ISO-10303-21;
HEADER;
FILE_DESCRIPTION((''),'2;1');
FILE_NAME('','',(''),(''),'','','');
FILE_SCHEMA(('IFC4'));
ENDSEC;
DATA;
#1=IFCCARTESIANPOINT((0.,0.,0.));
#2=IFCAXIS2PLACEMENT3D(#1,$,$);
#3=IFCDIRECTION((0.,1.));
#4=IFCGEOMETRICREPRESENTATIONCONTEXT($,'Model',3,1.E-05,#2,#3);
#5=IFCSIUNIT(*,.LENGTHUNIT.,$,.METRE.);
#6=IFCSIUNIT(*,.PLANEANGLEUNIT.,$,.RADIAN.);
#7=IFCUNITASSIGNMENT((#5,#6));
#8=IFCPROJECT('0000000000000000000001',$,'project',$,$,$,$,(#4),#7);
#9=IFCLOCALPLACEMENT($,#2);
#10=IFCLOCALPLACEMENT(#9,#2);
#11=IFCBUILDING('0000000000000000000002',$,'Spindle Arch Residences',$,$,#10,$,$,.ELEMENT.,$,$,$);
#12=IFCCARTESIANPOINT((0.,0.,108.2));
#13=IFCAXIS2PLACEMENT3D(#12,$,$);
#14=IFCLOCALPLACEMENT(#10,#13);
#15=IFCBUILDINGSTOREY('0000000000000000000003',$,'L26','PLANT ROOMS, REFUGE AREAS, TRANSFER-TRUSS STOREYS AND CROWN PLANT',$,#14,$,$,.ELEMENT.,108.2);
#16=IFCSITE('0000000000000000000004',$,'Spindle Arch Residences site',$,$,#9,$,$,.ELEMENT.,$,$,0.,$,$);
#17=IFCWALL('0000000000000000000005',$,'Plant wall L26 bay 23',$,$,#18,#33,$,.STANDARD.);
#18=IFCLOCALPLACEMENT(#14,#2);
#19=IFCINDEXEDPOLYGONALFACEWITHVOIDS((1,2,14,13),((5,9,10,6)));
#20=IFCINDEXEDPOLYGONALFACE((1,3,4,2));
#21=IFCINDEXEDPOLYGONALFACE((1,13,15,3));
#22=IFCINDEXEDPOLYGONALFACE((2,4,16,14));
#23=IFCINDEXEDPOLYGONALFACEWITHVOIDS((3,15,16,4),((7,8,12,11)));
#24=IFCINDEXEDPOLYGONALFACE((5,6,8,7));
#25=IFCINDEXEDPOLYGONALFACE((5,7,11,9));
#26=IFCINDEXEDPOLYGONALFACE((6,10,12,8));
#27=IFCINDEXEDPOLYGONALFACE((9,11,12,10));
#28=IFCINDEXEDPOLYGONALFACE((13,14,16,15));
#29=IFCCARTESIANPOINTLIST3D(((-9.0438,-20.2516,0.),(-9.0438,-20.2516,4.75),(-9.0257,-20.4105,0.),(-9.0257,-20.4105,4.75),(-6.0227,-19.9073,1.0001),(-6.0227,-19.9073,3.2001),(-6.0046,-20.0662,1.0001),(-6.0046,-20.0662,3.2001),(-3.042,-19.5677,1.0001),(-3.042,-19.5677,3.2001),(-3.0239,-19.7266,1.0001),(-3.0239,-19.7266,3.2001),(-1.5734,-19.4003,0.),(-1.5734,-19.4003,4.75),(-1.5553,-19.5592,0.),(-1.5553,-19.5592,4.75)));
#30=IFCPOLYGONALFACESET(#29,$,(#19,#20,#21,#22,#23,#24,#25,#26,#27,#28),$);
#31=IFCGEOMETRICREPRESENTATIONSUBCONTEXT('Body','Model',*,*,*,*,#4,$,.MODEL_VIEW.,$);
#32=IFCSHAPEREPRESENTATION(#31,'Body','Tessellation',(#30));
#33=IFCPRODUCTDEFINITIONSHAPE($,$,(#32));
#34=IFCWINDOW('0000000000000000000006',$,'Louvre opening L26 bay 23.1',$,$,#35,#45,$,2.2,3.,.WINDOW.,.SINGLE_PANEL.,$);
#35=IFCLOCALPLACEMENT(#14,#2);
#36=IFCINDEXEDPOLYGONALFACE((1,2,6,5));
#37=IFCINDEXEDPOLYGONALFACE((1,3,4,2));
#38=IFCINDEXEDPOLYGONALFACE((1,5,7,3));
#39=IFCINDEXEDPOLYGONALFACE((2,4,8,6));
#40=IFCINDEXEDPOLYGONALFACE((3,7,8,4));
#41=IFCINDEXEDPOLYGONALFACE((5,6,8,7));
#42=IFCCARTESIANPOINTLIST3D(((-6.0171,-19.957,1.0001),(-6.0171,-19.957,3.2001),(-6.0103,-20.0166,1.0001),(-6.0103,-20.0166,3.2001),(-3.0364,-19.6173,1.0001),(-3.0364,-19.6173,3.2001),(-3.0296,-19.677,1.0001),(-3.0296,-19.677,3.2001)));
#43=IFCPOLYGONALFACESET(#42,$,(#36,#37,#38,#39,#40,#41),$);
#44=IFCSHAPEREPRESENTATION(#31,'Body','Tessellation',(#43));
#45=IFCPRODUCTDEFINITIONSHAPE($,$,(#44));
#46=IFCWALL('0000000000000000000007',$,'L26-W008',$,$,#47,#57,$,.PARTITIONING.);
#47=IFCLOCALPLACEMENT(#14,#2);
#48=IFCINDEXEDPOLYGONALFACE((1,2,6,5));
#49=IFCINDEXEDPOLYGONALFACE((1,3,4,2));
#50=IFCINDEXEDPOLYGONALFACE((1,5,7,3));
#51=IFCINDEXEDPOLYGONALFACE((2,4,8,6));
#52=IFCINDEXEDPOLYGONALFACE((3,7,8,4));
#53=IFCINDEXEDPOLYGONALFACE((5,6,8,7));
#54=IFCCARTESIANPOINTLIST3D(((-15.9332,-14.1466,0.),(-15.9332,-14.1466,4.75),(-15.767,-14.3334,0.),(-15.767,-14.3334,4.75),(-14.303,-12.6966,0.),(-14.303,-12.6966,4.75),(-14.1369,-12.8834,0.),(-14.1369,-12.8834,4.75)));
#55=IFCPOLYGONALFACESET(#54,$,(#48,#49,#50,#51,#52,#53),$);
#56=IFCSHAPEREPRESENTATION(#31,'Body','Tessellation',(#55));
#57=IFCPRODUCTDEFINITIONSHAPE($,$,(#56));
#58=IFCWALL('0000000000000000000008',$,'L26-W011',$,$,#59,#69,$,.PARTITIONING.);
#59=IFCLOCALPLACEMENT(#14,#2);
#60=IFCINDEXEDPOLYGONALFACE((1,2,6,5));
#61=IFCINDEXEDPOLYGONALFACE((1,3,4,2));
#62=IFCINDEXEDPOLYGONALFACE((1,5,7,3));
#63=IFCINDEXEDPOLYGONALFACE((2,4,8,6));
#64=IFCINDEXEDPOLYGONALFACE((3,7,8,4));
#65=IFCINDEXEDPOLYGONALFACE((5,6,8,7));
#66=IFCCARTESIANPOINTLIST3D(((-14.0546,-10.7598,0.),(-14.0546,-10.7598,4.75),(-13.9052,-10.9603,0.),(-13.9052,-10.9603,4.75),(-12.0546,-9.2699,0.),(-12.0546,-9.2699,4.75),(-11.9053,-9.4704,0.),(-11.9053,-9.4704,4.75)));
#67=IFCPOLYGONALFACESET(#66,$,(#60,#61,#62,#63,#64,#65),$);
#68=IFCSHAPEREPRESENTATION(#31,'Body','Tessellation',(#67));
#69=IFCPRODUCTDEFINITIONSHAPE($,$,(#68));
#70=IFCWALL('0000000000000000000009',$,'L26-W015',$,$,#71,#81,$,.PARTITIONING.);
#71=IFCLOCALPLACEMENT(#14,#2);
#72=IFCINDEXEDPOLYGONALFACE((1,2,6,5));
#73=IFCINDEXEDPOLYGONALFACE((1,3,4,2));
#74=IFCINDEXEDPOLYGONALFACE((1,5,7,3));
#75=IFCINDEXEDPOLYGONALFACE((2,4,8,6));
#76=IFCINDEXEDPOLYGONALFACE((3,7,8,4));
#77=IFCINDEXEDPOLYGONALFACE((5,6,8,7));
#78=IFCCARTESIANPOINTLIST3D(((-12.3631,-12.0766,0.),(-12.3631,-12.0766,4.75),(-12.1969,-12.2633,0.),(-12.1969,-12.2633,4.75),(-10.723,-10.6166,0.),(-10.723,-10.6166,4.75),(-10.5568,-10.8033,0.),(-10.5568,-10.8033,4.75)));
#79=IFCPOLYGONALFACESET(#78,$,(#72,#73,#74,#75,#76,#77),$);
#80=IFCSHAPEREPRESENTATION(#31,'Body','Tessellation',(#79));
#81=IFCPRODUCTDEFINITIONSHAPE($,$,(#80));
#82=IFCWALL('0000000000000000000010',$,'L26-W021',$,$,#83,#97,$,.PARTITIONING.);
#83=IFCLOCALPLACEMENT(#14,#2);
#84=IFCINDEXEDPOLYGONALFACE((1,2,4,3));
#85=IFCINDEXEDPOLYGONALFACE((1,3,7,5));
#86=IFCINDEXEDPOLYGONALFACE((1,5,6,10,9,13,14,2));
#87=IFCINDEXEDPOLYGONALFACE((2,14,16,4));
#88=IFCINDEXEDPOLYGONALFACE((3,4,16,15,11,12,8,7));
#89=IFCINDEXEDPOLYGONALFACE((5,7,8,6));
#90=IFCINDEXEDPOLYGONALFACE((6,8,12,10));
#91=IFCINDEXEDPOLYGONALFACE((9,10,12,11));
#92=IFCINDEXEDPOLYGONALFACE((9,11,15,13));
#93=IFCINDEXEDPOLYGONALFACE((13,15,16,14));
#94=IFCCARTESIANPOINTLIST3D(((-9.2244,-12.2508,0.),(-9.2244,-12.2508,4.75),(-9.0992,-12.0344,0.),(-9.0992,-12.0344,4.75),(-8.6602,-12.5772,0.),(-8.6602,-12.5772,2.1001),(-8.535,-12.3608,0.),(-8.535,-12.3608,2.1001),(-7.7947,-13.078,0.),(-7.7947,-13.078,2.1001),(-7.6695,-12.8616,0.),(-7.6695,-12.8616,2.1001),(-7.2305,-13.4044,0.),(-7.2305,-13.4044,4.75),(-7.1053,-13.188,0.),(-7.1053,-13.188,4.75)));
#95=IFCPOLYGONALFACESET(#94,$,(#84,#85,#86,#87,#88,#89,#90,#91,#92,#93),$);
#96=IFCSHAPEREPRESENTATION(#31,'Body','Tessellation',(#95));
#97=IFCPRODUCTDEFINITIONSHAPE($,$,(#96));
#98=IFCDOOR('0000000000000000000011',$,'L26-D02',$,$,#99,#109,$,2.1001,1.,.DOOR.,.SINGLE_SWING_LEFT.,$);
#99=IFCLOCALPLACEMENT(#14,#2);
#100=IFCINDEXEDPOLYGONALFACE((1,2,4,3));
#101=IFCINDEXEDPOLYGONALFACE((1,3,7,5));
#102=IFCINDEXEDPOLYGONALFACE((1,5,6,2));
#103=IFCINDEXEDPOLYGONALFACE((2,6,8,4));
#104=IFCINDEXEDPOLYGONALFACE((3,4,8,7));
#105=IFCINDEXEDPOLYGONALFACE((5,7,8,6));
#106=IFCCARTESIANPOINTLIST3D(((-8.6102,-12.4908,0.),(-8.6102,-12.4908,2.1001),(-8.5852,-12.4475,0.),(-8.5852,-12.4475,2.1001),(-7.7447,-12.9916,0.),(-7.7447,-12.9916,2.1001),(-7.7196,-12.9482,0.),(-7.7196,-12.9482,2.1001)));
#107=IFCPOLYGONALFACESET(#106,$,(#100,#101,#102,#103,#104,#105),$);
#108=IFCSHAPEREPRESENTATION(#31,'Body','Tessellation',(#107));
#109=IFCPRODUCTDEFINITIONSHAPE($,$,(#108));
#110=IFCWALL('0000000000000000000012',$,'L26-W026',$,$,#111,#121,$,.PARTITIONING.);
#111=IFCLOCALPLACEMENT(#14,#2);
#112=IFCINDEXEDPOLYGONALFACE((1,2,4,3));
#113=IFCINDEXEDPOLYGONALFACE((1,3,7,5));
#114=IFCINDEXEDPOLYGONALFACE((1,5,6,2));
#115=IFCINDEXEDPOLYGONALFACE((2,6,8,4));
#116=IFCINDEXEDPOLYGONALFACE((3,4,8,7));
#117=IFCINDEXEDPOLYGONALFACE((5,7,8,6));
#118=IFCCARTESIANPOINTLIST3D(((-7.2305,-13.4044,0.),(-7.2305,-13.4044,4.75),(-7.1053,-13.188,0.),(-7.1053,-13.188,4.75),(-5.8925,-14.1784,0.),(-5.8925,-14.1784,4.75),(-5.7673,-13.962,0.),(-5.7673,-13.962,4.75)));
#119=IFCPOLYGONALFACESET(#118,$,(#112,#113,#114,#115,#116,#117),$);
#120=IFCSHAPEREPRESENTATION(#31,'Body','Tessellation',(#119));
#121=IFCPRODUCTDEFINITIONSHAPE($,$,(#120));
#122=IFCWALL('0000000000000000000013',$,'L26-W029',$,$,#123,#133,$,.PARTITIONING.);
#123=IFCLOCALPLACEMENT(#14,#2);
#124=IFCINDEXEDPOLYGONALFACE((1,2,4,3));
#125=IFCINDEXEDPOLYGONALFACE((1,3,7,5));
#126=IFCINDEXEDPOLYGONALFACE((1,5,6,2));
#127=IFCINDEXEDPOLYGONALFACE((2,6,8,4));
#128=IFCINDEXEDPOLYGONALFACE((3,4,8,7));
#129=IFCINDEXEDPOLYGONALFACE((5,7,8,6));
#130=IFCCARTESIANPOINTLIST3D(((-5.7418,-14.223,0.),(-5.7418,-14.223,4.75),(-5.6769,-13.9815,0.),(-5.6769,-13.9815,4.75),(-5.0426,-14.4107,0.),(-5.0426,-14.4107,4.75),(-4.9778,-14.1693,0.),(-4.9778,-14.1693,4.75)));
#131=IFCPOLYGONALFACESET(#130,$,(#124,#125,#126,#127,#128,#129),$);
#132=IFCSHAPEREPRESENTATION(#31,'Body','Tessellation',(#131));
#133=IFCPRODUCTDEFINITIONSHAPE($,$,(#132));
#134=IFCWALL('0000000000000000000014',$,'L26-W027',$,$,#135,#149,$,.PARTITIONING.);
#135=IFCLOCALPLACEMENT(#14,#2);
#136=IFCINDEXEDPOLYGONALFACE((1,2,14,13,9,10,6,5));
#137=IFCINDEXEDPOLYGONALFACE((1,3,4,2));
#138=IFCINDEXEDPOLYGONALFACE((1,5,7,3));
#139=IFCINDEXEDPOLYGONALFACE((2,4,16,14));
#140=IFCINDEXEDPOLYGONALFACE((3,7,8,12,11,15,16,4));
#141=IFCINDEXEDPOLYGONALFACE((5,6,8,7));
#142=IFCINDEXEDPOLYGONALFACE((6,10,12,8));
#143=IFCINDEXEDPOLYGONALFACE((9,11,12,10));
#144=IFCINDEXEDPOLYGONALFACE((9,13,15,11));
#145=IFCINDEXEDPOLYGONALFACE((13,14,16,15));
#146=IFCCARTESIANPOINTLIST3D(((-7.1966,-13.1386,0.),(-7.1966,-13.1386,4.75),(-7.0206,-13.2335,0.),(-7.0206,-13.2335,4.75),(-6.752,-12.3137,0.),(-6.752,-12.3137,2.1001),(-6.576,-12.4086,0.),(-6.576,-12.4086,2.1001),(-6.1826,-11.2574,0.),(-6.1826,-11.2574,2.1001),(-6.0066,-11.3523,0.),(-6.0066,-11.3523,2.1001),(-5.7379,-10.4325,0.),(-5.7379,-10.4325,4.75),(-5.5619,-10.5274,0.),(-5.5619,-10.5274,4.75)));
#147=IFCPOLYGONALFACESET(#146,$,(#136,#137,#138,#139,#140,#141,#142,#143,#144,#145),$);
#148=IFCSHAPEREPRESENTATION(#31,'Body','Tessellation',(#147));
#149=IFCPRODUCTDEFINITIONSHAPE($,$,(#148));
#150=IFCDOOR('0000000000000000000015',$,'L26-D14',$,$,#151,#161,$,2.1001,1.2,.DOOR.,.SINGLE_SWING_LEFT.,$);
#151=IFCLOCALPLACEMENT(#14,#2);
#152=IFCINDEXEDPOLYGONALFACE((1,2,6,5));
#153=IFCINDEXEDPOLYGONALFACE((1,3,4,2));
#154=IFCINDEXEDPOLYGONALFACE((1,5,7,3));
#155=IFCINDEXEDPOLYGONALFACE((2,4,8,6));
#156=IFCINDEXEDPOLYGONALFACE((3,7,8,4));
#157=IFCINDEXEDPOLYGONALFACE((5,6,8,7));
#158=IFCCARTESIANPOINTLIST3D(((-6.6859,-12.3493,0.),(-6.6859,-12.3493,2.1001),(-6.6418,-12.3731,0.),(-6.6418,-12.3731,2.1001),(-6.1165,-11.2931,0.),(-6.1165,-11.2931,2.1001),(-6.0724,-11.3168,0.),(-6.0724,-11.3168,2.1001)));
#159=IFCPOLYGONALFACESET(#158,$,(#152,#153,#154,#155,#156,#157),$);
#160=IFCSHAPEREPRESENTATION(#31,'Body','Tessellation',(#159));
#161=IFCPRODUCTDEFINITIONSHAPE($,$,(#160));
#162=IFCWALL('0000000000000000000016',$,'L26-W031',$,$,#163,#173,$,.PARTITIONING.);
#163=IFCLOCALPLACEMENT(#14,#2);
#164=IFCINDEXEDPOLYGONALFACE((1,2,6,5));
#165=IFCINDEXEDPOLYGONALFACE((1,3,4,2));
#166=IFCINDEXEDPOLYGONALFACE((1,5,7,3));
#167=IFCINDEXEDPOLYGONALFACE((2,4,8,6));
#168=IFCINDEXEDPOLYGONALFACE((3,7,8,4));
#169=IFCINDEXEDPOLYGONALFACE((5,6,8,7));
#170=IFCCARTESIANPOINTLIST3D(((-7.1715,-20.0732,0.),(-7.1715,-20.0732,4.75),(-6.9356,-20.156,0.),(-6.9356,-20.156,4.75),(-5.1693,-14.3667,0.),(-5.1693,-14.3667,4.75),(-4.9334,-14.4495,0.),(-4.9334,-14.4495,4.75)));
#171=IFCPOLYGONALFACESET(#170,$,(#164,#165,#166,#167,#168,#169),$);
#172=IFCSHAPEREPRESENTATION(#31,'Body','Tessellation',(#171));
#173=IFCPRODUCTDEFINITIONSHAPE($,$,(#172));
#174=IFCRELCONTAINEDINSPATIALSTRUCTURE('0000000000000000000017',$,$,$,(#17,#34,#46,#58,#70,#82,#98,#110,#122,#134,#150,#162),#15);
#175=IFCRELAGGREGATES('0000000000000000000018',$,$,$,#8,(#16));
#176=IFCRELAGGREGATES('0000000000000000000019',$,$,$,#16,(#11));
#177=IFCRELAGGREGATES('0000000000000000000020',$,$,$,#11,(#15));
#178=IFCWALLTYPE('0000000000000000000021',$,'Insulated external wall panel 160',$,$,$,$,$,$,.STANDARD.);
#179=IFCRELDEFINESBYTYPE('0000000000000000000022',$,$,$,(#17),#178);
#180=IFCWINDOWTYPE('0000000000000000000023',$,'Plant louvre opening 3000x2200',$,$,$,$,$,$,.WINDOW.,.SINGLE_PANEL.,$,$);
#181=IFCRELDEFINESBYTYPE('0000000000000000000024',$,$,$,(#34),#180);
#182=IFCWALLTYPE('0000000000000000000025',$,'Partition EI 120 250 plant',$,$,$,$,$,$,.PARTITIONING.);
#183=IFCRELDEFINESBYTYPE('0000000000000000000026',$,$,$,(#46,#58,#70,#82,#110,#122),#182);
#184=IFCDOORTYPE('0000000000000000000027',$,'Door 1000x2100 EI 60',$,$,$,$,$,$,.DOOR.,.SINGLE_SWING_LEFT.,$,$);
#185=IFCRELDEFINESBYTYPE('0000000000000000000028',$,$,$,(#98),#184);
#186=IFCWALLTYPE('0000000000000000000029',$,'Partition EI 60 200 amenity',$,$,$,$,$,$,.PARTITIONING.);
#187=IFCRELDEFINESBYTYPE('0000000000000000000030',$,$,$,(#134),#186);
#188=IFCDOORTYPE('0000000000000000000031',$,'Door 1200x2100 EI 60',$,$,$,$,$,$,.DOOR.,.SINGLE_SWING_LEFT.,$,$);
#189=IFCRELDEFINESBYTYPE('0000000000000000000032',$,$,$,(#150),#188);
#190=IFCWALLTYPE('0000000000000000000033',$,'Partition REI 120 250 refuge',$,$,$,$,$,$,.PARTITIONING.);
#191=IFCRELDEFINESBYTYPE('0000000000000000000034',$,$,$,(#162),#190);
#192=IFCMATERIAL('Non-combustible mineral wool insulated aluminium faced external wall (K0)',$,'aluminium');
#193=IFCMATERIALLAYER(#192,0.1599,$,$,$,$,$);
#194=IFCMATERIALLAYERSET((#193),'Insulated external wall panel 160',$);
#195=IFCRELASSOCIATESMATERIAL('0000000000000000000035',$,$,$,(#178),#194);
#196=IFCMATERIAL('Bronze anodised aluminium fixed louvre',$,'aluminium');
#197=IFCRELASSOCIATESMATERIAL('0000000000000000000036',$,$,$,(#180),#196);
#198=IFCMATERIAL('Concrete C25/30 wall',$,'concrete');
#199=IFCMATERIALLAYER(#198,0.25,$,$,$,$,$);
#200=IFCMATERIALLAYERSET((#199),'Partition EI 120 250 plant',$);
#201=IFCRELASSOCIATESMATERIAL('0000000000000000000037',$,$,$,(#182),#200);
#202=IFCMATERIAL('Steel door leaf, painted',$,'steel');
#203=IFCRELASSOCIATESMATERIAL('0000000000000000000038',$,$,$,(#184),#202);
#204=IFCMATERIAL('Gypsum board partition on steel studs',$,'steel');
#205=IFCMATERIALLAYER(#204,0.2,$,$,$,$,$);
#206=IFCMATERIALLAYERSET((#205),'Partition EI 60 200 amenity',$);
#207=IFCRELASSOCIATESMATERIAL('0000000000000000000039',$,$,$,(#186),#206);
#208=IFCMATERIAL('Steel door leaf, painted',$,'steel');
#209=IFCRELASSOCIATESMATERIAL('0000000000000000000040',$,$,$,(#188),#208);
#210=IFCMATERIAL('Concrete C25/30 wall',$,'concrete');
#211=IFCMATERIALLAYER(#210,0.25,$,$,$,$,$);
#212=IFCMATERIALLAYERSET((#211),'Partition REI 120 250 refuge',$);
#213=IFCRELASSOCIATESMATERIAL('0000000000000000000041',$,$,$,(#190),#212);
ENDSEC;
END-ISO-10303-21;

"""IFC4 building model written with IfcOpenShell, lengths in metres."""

from ifc_helpers import new_model, si_unit, direction, frame, frame_2d, origin, place, context, subcontext, project, spatial, rectangle, extrude, material, layer, layer_set, type_object, element, fill, save


model = new_model("IFC4")

# Units and contexts
model_context = context("Model", 3, precision=1e-05, world=origin(), true_north=direction((0.0, 1.0)))
body_context = subcontext(model_context, "Body", "Model", "MODEL_VIEW")
ifc_project = project(units=[si_unit("LENGTHUNIT", "METRE"), si_unit("PLANEANGLEUNIT", "RADIAN")], contexts=[model_context])

# Site, building, storey
site_placement = place(None, origin())
site = spatial("IfcSite", under=ifc_project, at=site_placement, Name="Spindle Arch Residences site", CompositionType="ELEMENT", RefElevation=0.0)
building_placement = place(site_placement, origin())
building = spatial("IfcBuilding", under=site, at=building_placement, Name="Spindle Arch Residences", CompositionType="ELEMENT")
storey_placement = place(building_placement, frame((0.0, 0.0, 108.2)))
storey = spatial("IfcBuildingStorey", under=building, at=storey_placement, Name="L26", Description="PLANT ROOMS, REFUGE AREAS, TRANSFER-TRUSS STOREYS AND CROWN PLANT", CompositionType="ELEMENT", Elevation=108.2)

# Wall, opening, window
ifc_material_1 = material(Name="Non-combustible mineral wool insulated aluminium faced external wall (K0)", Category="aluminium")
ifc_layer_1 = layer(ifc_material_1, 0.1599)
ifc_layer_set_1 = layer_set([ifc_layer_1], Name="Insulated external wall panel 160")
wall_type_1 = type_object("IfcWallType", Name="Insulated external wall panel 160", PredefinedType="STANDARD", material=ifc_layer_set_1)
wall_1_placement = place(storey_placement, frame((-9.0347, -20.3311, 0.0), z_axis=(0.0, 0.0, 1.0), x_axis=(0.993569, 0.113225, 0.0)))
wall_1 = element("IfcWall", 1, at=wall_1_placement, inside=storey, type_object=wall_type_1, Name="Plant wall L26 bay 23", PredefinedType="STANDARD", context=body_context, shape_type="SweptSolid", body=[
    extrude(rectangle(XDim=7.5188, YDim=0.1599, at=frame_2d((3.7593, 0.0))), origin(), (0.0, 0.0, 1.0), 4.75),
])
opening_1_placement = place(wall_1_placement, frame((3.0405, 0.0, 1.0)))
opening_1 = element("IfcOpeningElement", 2, at=opening_1_placement, cuts=wall_1, PredefinedType="OPENING", context=body_context, shape_type="SweptSolid", body=[
    extrude(rectangle(XDim=3.0, YDim=2.2, at=frame_2d((1.5, 1.1001))), frame((0.0, 0.0898, 0.0), z_axis=(0.0, -1.0, 0.0), x_axis=(1.0, 0.0, 0.0)), (0.0, 0.0, 1.0), 0.1799),
])
ifc_material_2 = material(Name="Bronze anodised aluminium fixed louvre", Category="aluminium")
window_type = type_object("IfcWindowType", Name="Plant louvre opening 3000x2200", PartitioningType="SINGLE_PANEL", PredefinedType="WINDOW", material=ifc_material_2)
window_placement = place(opening_1_placement, origin())
window = element("IfcWindow", 3, at=window_placement, inside=storey, type_object=window_type, Name="Louvre opening L26 bay 23.1", OverallHeight=2.2, OverallWidth=3.0, PartitioningType="SINGLE_PANEL", PredefinedType="WINDOW", context=body_context, shape_type="SweptSolid", body=[
    extrude(rectangle(XDim=3.0, YDim=2.2, at=frame_2d((1.5, 1.1001))), frame((0.0, 0.03, 0.0), z_axis=(0.0, -1.0, 0.0), x_axis=(1.0, 0.0, 0.0)), (0.0, 0.0, 1.0), 0.0601),
])
fill(opening_1, window)

# Walls
ifc_material_3 = material(Name="Concrete C25/30 wall", Category="concrete")
ifc_layer_2 = layer(ifc_material_3, 0.25)
ifc_layer_set_2 = layer_set([ifc_layer_2], Name="Partition EI 120 250 plant")
wall_type_2 = type_object("IfcWallType", Name="Partition EI 120 250 plant", PredefinedType="PARTITIONING", material=ifc_layer_set_2)
wall_2_placement = place(storey_placement, frame((-14.22, -12.79, 0.0), z_axis=(0.0, 0.0, 1.0), x_axis=(-0.747193, -0.664607, 0.0)))
element("IfcWall", 4, at=wall_2_placement, inside=storey, type_object=wall_type_2, Name="L26-W008", PredefinedType="PARTITIONING", context=body_context, shape_type="SweptSolid", body=[
    extrude(rectangle(XDim=2.1816, YDim=0.25, at=frame_2d((1.0908, 0.0))), origin(), (0.0, 0.0, 1.0), 4.75),
])
wall_3_placement = place(storey_placement, frame((-13.98, -10.8601, 0.0), z_axis=(0.0, 0.0, 1.0), x_axis=(0.801922, 0.597428, 0.0)))
element("IfcWall", 5, at=wall_3_placement, inside=storey, type_object=wall_type_2, Name="L26-W011", PredefinedType="PARTITIONING", context=body_context, shape_type="SweptSolid", body=[
    extrude(rectangle(XDim=2.4939, YDim=0.25, at=frame_2d((1.2471, 0.0))), origin(), (0.0, 0.0, 1.0), 4.75),
])
wall_4_placement = place(storey_placement, frame((-12.28, -12.1699, 0.0), z_axis=(0.0, 0.0, 1.0), x_axis=(0.746943, 0.664888, 0.0)))
element("IfcWall", 6, at=wall_4_placement, inside=storey, type_object=wall_type_2, Name="L26-W015", PredefinedType="PARTITIONING", context=body_context, shape_type="SweptSolid", body=[
    extrude(rectangle(XDim=2.1958, YDim=0.25, at=frame_2d((1.0979, 0.0))), origin(), (0.0, 0.0, 1.0), 4.75),
])

# Wall, opening, door
wall_5_placement = place(storey_placement, frame((-9.1619, -12.1426, 0.0), z_axis=(0.0, 0.0, 1.0), x_axis=(0.865576, -0.500777, 0.0)))
wall_5 = element("IfcWall", 7, at=wall_5_placement, inside=storey, type_object=wall_type_2, Name="L26-W021", PredefinedType="PARTITIONING", context=body_context, shape_type="SweptSolid", body=[
    extrude(rectangle(XDim=2.3035, YDim=0.25, at=frame_2d((1.1519, 0.0))), origin(), (0.0, 0.0, 1.0), 4.75),
])
opening_2_placement = place(wall_5_placement, frame((0.6519, 0.0, 0.0)))
opening_2 = element("IfcOpeningElement", 8, at=opening_2_placement, cuts=wall_5, PredefinedType="OPENING", context=body_context, shape_type="SweptSolid", body=[
    extrude(rectangle(XDim=1.0, YDim=2.1001, at=frame_2d((0.5, 1.05))), frame((0.0, 0.135, 0.0), z_axis=(0.0, -1.0, 0.0), x_axis=(1.0, 0.0, 0.0)), (0.0, 0.0, 1.0), 0.27),
])
ifc_material_4 = material(Name="Steel door leaf, painted", Category="steel")
door_type_1 = type_object("IfcDoorType", Name="Door 1000x2100 EI 60", OperationType="SINGLE_SWING_LEFT", PredefinedType="DOOR", material=ifc_material_4)
door_1_placement = place(opening_2_placement, origin())
door_1 = element("IfcDoor", 9, at=door_1_placement, inside=storey, type_object=door_type_1, Name="L26-D02", OperationType="SINGLE_SWING_LEFT", OverallHeight=2.1001, OverallWidth=1.0, PredefinedType="DOOR", context=body_context, shape_type="SweptSolid", body=[
    extrude(rectangle(XDim=1.0, YDim=2.1001, at=frame_2d((0.5, 1.05))), frame((0.0, 0.0249, 0.0), z_axis=(0.0, -1.0, 0.0), x_axis=(1.0, 0.0, 0.0)), (0.0, 0.0, 1.0), 0.05),
])
fill(opening_2, door_1)

# Walls
wall_6_placement = place(storey_placement, frame((-7.168, -13.2961, 0.0), z_axis=(0.0, 0.0, 1.0), x_axis=(0.865606, -0.500725, 0.0)))
element("IfcWall", 10, at=wall_6_placement, inside=storey, type_object=wall_type_2, Name="L26-W026", PredefinedType="PARTITIONING", context=body_context, shape_type="SweptSolid", body=[
    extrude(rectangle(XDim=1.5457, YDim=0.25, at=frame_2d((0.7729, 0.0))), origin(), (0.0, 0.0, 1.0), 4.75),
])
wall_7_placement = place(storey_placement, frame((-5.7092, -14.1023, 0.0), z_axis=(0.0, 0.0, 1.0), x_axis=(0.965791, -0.25932, 0.0)))
element("IfcWall", 11, at=wall_7_placement, inside=storey, type_object=wall_type_2, Name="L26-W029", PredefinedType="PARTITIONING", context=body_context, shape_type="SweptSolid", body=[
    extrude(rectangle(XDim=0.7239, YDim=0.25, at=frame_2d((0.3618, 0.0))), origin(), (0.0, 0.0, 1.0), 4.75),
])

# Wall, opening, door
ifc_material_5 = material(Name="Gypsum board partition on steel studs", Category="steel")
ifc_layer_3 = layer(ifc_material_5, 0.2)
ifc_layer_set_3 = layer_set([ifc_layer_3], Name="Partition EI 60 200 amenity")
wall_type_3 = type_object("IfcWallType", Name="Partition EI 60 200 amenity", PredefinedType="PARTITIONING", material=ifc_layer_set_3)
wall_8_placement = place(storey_placement, frame((-7.1086, -13.186, 0.0), z_axis=(0.0, 0.0, 1.0), x_axis=(0.474512, 0.880249, 0.0)))
wall_8 = element("IfcWall", 12, at=wall_8_placement, inside=storey, type_object=wall_type_3, Name="L26-W027", PredefinedType="PARTITIONING", context=body_context, shape_type="SweptSolid", body=[
    extrude(rectangle(XDim=3.0742, YDim=0.2, at=frame_2d((1.5371, 0.0))), origin(), (0.0, 0.0, 1.0), 4.75),
])
opening_3_placement = place(wall_8_placement, frame((0.937, 0.0, 0.0)))
opening_3 = element("IfcOpeningElement", 13, at=opening_3_placement, cuts=wall_8, PredefinedType="OPENING", context=body_context, shape_type="SweptSolid", body=[
    extrude(rectangle(XDim=1.2, YDim=2.1001, at=frame_2d((0.6001, 1.05))), frame((0.0, 0.1099, 0.0), z_axis=(0.0, -1.0, 0.0), x_axis=(1.0, 0.0, 0.0)), (0.0, 0.0, 1.0), 0.22),
])
ifc_material_6 = material(Name="Steel door leaf, painted", Category="steel")
door_type_2 = type_object("IfcDoorType", Name="Door 1200x2100 EI 60", OperationType="SINGLE_SWING_LEFT", PredefinedType="DOOR", material=ifc_material_6)
door_2_placement = place(opening_3_placement, origin())
door_2 = element("IfcDoor", 14, at=door_2_placement, inside=storey, type_object=door_type_2, Name="L26-D14", OperationType="SINGLE_SWING_LEFT", OverallHeight=2.1001, OverallWidth=1.2, PredefinedType="DOOR", context=body_context, shape_type="SweptSolid", body=[
    extrude(rectangle(XDim=1.2, YDim=2.1001, at=frame_2d((0.6001, 1.05))), frame((0.0, 0.0249, 0.0), z_axis=(0.0, -1.0, 0.0), x_axis=(1.0, 0.0, 0.0)), (0.0, 0.0, 1.0), 0.05),
])
fill(opening_3, door_2)

# Wall
ifc_material_7 = material(Name="Concrete C25/30 wall", Category="concrete")
ifc_layer_4 = layer(ifc_material_7, 0.25)
ifc_layer_set_4 = layer_set([ifc_layer_4], Name="Partition REI 120 250 refuge")
wall_type_4 = type_object("IfcWallType", Name="Partition REI 120 250 refuge", PredefinedType="PARTITIONING", material=ifc_layer_set_4)
wall_9_placement = place(storey_placement, frame((-5.0513, -14.408, 0.0), z_axis=(0.0, 0.0, 1.0), x_axis=(-0.331073, -0.943605, 0.0)))
element("IfcWall", 15, at=wall_9_placement, inside=storey, type_object=wall_type_4, Name="L26-W031", PredefinedType="PARTITIONING", context=body_context, shape_type="SweptSolid", body=[
    extrude(rectangle(XDim=6.0476, YDim=0.25, at=frame_2d((3.0239, 0.0))), origin(), (0.0, 0.0, 1.0), 4.75),
])

save(model, "model.ifc")
